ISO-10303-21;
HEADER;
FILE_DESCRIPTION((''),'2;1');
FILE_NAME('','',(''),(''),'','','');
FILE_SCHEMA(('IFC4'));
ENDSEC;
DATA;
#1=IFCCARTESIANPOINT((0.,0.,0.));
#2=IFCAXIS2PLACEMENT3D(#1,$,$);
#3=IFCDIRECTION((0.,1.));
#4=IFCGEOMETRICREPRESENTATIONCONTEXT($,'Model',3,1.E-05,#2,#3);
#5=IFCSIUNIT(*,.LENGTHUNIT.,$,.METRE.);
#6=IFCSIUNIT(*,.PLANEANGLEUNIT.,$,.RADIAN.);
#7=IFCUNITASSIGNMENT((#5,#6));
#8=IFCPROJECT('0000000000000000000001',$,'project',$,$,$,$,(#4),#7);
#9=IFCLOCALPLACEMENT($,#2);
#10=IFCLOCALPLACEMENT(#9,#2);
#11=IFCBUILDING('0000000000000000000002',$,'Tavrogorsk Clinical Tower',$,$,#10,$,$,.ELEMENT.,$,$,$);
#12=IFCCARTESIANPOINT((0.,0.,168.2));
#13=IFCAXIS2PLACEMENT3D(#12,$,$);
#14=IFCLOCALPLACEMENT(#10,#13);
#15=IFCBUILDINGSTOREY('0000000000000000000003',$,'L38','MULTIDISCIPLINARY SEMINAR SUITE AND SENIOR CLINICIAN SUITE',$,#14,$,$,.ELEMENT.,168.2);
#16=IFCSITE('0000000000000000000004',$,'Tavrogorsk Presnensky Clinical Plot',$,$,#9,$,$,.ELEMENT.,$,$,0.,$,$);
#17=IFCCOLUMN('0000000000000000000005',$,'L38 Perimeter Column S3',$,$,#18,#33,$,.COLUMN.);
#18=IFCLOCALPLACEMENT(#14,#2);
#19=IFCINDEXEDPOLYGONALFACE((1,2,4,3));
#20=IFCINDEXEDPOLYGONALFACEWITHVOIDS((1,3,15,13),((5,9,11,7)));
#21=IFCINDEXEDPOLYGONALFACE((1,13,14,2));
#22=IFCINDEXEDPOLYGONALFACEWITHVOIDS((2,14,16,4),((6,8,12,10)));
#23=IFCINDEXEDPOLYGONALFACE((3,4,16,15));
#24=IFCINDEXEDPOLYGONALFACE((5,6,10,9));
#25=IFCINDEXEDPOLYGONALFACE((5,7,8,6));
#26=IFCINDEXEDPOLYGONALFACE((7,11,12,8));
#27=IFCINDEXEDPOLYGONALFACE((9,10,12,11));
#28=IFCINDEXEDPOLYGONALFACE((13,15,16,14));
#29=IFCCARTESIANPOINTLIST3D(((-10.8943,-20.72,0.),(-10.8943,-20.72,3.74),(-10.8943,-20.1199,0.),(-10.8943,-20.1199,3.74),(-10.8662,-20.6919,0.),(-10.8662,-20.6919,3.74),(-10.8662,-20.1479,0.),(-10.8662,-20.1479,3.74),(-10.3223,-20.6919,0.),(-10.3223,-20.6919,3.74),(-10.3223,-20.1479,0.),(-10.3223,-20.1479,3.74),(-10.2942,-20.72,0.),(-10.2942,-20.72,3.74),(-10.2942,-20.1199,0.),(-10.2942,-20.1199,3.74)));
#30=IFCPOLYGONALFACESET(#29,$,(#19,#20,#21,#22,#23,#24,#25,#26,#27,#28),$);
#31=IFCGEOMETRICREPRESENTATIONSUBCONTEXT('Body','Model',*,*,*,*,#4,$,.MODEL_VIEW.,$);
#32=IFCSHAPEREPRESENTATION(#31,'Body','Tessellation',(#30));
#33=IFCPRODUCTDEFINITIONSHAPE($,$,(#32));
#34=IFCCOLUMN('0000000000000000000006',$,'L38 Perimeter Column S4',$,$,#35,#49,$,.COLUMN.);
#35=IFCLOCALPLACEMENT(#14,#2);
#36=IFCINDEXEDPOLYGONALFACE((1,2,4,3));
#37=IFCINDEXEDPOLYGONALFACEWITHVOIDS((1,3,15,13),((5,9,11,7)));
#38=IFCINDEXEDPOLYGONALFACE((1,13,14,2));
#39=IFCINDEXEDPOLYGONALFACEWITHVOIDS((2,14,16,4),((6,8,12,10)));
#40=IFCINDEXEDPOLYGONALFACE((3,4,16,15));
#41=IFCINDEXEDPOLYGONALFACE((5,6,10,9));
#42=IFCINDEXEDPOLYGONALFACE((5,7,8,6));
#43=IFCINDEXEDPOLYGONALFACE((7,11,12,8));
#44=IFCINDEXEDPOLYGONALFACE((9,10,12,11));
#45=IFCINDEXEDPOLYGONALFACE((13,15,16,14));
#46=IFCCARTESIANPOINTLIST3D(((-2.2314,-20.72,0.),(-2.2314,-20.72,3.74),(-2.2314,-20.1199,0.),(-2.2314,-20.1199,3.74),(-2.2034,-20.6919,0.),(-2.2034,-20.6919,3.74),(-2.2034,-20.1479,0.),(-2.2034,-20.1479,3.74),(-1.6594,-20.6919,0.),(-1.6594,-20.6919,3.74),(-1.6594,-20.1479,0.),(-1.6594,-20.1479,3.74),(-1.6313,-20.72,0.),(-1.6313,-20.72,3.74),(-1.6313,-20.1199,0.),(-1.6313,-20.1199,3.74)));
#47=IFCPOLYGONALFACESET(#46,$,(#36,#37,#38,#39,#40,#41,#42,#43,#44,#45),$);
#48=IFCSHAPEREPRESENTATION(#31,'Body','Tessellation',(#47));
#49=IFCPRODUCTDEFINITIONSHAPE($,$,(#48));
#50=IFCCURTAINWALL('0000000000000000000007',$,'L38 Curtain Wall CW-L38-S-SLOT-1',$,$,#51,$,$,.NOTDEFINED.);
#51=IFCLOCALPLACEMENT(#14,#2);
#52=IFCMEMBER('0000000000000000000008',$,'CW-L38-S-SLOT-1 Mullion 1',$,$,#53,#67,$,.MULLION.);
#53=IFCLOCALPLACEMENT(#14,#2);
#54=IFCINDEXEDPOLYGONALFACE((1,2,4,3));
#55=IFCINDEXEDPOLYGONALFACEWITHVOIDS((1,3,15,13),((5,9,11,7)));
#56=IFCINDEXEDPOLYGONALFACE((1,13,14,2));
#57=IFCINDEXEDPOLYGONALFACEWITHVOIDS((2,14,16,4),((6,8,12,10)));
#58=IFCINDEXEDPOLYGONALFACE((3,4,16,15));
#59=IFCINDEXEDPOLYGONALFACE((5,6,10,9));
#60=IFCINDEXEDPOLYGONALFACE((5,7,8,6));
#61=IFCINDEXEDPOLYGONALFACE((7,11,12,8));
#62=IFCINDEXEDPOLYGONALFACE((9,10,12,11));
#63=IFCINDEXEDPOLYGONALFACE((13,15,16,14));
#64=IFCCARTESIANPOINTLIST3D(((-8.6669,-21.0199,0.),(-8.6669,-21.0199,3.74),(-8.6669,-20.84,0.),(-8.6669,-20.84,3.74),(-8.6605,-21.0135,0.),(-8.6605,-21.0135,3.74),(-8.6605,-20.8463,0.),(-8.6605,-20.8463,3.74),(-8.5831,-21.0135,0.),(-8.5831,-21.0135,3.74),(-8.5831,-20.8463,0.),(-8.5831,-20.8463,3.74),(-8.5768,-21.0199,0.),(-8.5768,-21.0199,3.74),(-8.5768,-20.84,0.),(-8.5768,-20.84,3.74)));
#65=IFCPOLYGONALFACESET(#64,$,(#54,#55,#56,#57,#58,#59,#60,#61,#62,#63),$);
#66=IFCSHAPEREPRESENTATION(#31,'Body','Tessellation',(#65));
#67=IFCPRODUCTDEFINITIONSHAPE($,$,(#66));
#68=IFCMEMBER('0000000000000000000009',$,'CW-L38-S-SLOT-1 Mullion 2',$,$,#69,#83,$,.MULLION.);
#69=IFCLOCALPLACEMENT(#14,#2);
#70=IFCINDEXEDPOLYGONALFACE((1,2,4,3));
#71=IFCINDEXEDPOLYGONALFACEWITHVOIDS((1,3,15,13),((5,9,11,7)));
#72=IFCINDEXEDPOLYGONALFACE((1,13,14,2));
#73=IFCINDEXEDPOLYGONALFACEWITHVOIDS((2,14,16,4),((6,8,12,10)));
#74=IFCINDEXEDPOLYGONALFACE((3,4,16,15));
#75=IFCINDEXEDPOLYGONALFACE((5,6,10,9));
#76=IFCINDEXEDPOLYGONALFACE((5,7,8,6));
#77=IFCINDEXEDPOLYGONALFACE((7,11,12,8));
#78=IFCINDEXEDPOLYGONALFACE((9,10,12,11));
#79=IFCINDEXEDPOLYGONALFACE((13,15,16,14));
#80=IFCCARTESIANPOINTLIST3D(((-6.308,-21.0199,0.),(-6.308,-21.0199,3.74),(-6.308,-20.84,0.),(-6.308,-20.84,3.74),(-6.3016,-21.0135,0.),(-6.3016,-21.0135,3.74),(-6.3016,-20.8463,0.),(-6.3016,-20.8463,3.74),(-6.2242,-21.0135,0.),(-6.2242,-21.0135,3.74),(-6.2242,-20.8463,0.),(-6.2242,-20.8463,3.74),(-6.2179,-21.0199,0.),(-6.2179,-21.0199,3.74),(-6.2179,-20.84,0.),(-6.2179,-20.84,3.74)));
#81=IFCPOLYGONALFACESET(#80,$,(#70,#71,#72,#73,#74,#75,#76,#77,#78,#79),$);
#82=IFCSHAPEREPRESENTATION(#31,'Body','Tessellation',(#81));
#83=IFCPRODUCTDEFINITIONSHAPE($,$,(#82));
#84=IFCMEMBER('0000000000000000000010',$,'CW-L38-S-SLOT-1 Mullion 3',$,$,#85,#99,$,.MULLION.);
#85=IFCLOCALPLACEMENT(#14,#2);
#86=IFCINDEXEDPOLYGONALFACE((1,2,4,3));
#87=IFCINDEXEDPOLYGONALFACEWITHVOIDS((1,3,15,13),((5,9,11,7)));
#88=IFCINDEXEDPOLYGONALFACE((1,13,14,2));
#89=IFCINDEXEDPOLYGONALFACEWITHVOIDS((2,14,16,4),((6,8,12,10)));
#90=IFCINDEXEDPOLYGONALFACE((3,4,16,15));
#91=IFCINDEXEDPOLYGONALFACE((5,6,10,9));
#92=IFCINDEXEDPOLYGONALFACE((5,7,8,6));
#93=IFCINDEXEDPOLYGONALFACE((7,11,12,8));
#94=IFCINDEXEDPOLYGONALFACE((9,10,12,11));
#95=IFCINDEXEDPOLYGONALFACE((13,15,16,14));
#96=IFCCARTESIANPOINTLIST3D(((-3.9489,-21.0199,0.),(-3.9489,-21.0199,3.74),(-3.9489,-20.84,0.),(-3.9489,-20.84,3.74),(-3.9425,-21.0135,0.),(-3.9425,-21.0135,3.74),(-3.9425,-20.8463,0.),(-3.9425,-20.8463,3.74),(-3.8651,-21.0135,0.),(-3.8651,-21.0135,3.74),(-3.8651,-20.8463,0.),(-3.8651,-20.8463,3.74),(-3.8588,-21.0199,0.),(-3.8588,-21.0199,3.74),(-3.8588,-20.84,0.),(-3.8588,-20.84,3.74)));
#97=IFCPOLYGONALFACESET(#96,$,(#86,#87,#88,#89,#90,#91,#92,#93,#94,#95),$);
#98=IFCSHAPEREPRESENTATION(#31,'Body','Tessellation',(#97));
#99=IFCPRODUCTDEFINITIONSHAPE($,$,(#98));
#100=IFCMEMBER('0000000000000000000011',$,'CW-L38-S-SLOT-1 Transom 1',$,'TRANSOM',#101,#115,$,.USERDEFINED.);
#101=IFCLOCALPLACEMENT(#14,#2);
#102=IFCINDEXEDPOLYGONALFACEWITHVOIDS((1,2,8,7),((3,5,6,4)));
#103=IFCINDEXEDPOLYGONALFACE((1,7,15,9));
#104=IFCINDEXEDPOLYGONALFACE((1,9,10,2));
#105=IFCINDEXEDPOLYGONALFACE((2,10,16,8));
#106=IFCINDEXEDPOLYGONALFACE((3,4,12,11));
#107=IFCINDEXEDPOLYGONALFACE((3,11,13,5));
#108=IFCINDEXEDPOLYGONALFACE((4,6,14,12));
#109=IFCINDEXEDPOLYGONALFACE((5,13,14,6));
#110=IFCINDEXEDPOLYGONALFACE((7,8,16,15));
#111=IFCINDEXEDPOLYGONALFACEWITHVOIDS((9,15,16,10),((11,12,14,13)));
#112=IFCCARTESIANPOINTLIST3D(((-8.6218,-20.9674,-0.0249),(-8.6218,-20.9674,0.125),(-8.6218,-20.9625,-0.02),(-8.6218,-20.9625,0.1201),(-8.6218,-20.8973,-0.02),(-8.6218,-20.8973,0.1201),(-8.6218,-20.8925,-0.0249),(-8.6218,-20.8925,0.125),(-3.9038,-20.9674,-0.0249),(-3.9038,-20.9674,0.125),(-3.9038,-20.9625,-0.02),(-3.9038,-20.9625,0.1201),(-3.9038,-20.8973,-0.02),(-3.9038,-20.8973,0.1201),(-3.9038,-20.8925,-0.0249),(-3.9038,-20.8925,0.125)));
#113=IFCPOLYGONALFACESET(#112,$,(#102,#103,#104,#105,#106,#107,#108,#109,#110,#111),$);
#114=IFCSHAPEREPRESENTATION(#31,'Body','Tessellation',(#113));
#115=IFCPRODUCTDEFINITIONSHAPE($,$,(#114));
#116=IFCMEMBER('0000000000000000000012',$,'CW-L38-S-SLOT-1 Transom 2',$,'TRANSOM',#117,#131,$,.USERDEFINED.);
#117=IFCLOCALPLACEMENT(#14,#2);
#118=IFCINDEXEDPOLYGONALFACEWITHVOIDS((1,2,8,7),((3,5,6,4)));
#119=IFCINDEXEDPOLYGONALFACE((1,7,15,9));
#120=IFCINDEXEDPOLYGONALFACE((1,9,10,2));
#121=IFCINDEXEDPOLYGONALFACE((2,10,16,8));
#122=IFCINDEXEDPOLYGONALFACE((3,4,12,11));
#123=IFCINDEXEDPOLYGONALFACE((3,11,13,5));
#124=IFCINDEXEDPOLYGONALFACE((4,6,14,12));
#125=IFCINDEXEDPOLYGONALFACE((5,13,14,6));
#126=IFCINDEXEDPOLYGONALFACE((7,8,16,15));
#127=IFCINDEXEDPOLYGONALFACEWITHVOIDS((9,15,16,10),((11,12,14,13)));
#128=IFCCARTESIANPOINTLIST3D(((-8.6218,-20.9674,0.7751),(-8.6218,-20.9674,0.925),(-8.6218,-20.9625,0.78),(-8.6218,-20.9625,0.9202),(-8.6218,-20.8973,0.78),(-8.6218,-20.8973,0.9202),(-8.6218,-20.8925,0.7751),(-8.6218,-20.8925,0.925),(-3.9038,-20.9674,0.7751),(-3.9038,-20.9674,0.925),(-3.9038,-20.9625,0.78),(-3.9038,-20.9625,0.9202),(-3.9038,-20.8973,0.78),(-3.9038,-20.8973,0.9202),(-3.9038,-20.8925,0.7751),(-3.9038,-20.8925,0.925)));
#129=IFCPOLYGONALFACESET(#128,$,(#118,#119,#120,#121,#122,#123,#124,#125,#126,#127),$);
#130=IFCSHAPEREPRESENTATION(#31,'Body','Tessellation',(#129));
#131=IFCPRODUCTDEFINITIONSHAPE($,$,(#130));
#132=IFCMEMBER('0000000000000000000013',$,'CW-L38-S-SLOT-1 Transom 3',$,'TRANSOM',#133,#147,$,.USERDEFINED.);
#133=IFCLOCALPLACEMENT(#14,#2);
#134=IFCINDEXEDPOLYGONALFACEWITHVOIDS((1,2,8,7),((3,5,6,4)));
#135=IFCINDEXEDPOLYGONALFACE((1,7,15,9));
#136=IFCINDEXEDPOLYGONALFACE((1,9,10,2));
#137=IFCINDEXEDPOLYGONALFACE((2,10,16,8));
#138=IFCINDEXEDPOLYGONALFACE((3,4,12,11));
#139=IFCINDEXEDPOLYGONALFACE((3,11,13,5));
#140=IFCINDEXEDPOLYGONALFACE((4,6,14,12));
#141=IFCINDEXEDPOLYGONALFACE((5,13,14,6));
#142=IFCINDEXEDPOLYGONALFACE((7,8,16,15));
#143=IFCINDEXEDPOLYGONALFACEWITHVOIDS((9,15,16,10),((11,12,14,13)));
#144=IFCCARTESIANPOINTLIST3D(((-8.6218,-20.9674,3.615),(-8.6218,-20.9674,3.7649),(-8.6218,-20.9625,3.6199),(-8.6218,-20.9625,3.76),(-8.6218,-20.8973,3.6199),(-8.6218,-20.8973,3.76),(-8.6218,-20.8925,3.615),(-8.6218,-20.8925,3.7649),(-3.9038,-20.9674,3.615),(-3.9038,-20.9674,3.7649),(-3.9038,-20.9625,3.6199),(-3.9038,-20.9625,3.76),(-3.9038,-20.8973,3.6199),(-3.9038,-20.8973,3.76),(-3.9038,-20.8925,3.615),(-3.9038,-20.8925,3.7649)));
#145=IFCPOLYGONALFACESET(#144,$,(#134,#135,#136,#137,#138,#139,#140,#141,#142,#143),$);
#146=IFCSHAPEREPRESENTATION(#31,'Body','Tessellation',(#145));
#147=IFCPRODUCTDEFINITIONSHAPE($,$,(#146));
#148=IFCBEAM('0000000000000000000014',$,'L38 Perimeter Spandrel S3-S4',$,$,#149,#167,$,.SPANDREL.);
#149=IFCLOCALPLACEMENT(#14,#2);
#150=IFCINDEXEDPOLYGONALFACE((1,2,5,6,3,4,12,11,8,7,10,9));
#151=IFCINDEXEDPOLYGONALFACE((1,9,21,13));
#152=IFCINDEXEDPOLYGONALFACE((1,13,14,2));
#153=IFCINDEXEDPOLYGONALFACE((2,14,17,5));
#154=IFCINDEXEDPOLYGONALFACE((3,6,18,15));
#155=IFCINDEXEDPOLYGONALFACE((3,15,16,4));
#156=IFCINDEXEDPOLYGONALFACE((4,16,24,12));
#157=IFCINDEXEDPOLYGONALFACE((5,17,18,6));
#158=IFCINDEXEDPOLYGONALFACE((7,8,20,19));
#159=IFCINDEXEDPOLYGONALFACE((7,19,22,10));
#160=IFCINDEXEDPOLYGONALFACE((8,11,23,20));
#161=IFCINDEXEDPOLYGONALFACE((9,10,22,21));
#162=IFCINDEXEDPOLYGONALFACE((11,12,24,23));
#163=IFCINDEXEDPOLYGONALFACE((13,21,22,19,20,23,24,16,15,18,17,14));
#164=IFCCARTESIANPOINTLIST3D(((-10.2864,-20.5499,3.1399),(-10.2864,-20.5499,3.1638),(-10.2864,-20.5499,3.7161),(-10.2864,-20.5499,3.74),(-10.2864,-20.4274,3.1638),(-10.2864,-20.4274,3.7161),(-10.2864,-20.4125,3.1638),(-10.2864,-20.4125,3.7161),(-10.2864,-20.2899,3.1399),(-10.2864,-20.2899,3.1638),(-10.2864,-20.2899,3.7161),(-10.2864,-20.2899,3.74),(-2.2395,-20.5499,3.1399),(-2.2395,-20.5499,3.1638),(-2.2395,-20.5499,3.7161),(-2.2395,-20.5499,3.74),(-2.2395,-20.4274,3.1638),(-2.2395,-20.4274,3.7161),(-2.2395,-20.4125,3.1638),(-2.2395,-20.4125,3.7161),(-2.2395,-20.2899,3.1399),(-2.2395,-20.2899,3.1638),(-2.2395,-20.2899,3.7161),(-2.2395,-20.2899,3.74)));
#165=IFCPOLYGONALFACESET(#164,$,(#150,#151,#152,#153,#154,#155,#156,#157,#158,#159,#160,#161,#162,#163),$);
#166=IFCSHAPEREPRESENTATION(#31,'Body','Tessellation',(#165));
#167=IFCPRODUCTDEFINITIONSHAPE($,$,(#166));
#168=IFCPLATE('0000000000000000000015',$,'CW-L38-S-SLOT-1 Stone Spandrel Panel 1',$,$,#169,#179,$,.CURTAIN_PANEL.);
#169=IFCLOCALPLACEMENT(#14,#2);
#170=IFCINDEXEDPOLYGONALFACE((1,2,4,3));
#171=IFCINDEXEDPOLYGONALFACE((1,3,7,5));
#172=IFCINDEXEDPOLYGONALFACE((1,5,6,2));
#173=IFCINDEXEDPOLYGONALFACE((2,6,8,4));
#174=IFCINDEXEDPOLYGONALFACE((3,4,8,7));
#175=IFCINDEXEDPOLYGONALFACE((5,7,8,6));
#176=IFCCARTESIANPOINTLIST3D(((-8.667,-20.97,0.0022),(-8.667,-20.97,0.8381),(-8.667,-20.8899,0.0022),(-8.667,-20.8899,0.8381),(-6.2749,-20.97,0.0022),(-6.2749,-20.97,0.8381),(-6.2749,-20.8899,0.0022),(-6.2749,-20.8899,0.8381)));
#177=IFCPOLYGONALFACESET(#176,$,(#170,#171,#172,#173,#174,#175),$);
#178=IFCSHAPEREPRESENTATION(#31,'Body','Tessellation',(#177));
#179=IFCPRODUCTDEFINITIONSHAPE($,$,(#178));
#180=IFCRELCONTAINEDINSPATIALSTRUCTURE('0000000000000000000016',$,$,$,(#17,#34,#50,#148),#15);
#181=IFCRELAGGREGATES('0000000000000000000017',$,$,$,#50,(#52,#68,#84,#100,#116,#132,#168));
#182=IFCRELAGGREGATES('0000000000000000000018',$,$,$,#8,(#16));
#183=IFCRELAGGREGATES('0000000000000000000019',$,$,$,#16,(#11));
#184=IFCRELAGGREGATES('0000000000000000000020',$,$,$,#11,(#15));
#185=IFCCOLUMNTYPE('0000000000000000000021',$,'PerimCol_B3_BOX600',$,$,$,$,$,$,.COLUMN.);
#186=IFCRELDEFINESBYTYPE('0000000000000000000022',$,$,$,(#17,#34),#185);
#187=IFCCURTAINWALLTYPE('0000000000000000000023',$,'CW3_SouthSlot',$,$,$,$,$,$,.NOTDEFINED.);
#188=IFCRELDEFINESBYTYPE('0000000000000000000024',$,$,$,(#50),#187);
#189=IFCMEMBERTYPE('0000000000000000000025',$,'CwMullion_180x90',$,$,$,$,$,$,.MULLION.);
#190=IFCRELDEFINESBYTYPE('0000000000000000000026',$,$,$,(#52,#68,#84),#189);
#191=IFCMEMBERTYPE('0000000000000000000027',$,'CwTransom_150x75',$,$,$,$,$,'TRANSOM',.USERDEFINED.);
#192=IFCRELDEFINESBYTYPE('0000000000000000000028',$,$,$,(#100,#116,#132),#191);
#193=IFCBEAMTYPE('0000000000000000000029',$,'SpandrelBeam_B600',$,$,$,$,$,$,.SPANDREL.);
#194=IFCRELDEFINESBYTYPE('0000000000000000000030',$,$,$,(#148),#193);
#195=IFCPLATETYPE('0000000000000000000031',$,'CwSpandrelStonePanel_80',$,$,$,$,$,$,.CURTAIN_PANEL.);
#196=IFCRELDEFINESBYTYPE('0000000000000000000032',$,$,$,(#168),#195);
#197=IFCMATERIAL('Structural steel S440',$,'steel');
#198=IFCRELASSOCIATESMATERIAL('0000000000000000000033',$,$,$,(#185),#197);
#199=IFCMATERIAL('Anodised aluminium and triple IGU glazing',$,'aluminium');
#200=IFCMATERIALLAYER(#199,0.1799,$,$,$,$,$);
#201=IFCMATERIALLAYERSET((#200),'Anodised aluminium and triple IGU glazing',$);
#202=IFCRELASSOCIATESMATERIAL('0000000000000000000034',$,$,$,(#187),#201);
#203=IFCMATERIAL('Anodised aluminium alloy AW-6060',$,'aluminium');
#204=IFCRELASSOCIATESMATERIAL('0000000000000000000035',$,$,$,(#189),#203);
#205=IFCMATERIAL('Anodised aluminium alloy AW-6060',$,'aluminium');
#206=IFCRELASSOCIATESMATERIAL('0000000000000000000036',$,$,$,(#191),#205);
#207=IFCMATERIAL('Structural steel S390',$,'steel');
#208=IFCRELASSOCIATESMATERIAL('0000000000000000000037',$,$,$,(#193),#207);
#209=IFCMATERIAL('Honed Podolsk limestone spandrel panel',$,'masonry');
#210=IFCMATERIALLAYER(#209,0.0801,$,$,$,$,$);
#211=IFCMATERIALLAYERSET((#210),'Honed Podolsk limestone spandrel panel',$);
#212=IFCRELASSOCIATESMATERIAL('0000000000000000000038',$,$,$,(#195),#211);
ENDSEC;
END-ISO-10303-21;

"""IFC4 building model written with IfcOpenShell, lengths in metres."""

from ifc_helpers import new_model, si_unit, direction, frame, origin, origin_2d, place, context, subcontext, project, spatial, rectangle, hollow_rectangle, i_section, extrude, material, layer, layer_set, material_profile, profile_set, type_object, element, aggregate, save


model = new_model("IFC4")

# Units and contexts
model_context = context("Model", 3, precision=1e-05, world=origin(), true_north=direction((0.0, 1.0)))
body_context = subcontext(model_context, "Body", "Model", "MODEL_VIEW")
ifc_project = project(units=[si_unit("LENGTHUNIT", "METRE"), si_unit("PLANEANGLEUNIT", "RADIAN")], contexts=[model_context])

# Site, building, storey
site_placement = place(None, origin())
site = spatial("IfcSite", under=ifc_project, at=site_placement, Name="Tavrogorsk Presnensky Clinical Plot", CompositionType="ELEMENT", RefElevation=0.0)
building_placement = place(site_placement, origin())
building = spatial("IfcBuilding", under=site, at=building_placement, Name="Tavrogorsk Clinical Tower", CompositionType="ELEMENT")
storey_placement = place(building_placement, frame((0.0, 0.0, 168.2)))
storey = spatial("IfcBuildingStorey", under=building, at=storey_placement, Name="L38", Description="MULTIDISCIPLINARY SEMINAR SUITE AND SENIOR CLINICIAN SUITE", CompositionType="ELEMENT", Elevation=168.2)

# Columns
ifc_material_1 = material(Name="Structural steel S440", Category="steel")
ifc_material_profile_1 = material_profile(ifc_material_1, hollow_rectangle(XDim=0.6001, YDim=0.6001, WallThickness=0.0281, at=origin_2d()), Name="BOX-600x600x28")
ifc_profile_set_1 = profile_set([ifc_material_profile_1], Name="Structural steel S440")
column_type = type_object("IfcColumnType", Name="PerimCol_B3_BOX600", PredefinedType="COLUMN", material=ifc_profile_set_1)
for number, where, z_axis, x_axis, name in (
    (1, (-10.5942, -20.4199, 0.0), (0.0, 0.0, 1.0), (1.0, 0.0, 0.0), "L38 Perimeter Column S3"),
    (2, (-1.9314, -20.4199, 0.0), (0.0, 0.0, 1.0), (1.0, 0.0, 0.0), "L38 Perimeter Column S4"),
):
    element("IfcColumn", number, at=place(storey_placement, frame(where, z_axis=z_axis, x_axis=x_axis)), inside=storey, type_object=column_type, Name=name, PredefinedType="COLUMN", context=body_context, shape_type="SweptSolid", body=[
        extrude(hollow_rectangle(XDim=0.6001, YDim=0.6001, WallThickness=0.0281, at=origin_2d()), origin(), (0.0, 0.0, 1.0), 3.74),
    ])

# Curtain wall, members
ifc_material_2 = material(Name="Anodised aluminium and triple IGU glazing", Category="aluminium")
ifc_layer_1 = layer(ifc_material_2, 0.1799)
ifc_layer_set_1 = layer_set([ifc_layer_1], Name="Anodised aluminium and triple IGU glazing")
curtain_wall_type = type_object("IfcCurtainWallType", Name="CW3_SouthSlot", PredefinedType="NOTDEFINED", material=ifc_layer_set_1)
curtain_wall_placement = place(storey_placement, origin())
curtain_wall = element("IfcCurtainWall", 3, at=curtain_wall_placement, inside=storey, type_object=curtain_wall_type, Name="L38 Curtain Wall CW-L38-S-SLOT-1", PredefinedType="NOTDEFINED")
ifc_material_3 = material(Name="Anodised aluminium alloy AW-6060", Category="aluminium")
ifc_material_profile_2 = material_profile(ifc_material_3, hollow_rectangle(XDim=0.0901, YDim=0.1799, WallThickness=0.0063, at=origin_2d()), Name="RHS-180x90x6.3")
ifc_profile_set_2 = profile_set([ifc_material_profile_2], Name="Anodised aluminium alloy AW-6060")
member_type_1 = type_object("IfcMemberType", Name="CwMullion_180x90", PredefinedType="MULLION", material=ifc_profile_set_2)
member_1_placement = place(storey_placement, frame((-8.6218, -20.9299, 0.0), z_axis=(0.0, 0.0, 1.0), x_axis=(1.0, 0.0, 0.0)))
member_1 = element("IfcMember", 4, at=member_1_placement, type_object=member_type_1, Name="CW-L38-S-SLOT-1 Mullion 1", PredefinedType="MULLION", context=body_context, shape_type="SweptSolid", body=[
    extrude(hollow_rectangle(XDim=0.0901, YDim=0.1799, WallThickness=0.0063, at=origin_2d()), origin(), (0.0, 0.0, 1.0), 3.74),
])
member_2_placement = place(storey_placement, frame((-6.2629, -20.9299, 0.0), z_axis=(0.0, 0.0, 1.0), x_axis=(1.0, 0.0, 0.0)))
member_2 = element("IfcMember", 5, at=member_2_placement, type_object=member_type_1, Name="CW-L38-S-SLOT-1 Mullion 2", PredefinedType="MULLION", context=body_context, shape_type="SweptSolid", body=[
    extrude(hollow_rectangle(XDim=0.0901, YDim=0.1799, WallThickness=0.0063, at=origin_2d()), origin(), (0.0, 0.0, 1.0), 3.74),
])
member_3_placement = place(storey_placement, frame((-3.9038, -20.9299, 0.0), z_axis=(0.0, 0.0, 1.0), x_axis=(1.0, 0.0, 0.0)))
member_3 = element("IfcMember", 6, at=member_3_placement, type_object=member_type_1, Name="CW-L38-S-SLOT-1 Mullion 3", PredefinedType="MULLION", context=body_context, shape_type="SweptSolid", body=[
    extrude(hollow_rectangle(XDim=0.0901, YDim=0.1799, WallThickness=0.0063, at=origin_2d()), origin(), (0.0, 0.0, 1.0), 3.74),
])
ifc_material_4 = material(Name="Anodised aluminium alloy AW-6060", Category="aluminium")
ifc_material_profile_3 = material_profile(ifc_material_4, hollow_rectangle(XDim=0.075, YDim=0.1499, WallThickness=0.0049, at=origin_2d()), Name="RHS-150x75x5")
ifc_profile_set_3 = profile_set([ifc_material_profile_3], Name="Anodised aluminium alloy AW-6060")
member_type_2 = type_object("IfcMemberType", Name="CwTransom_150x75", ElementType="TRANSOM", PredefinedType="USERDEFINED", material=ifc_profile_set_3)
member_4_placement = place(storey_placement, frame((-8.6218, -20.9299, 0.05), z_axis=(1.0, 0.0, 0.0), x_axis=(0.0, 1.0, 0.0)))
member_4 = element("IfcMember", 7, at=member_4_placement, type_object=member_type_2, Name="CW-L38-S-SLOT-1 Transom 1", ObjectType="TRANSOM", PredefinedType="USERDEFINED", context=body_context, shape_type="SweptSolid", body=[
    extrude(hollow_rectangle(XDim=0.075, YDim=0.1499, WallThickness=0.0049, at=origin_2d()), origin(), (0.0, 0.0, 1.0), 4.718),
])
member_5_placement = place(storey_placement, frame((-8.6218, -20.9299, 0.8501), z_axis=(1.0, 0.0, 0.0), x_axis=(0.0, 1.0, 0.0)))
member_5 = element("IfcMember", 8, at=member_5_placement, type_object=member_type_2, Name="CW-L38-S-SLOT-1 Transom 2", ObjectType="TRANSOM", PredefinedType="USERDEFINED", context=body_context, shape_type="SweptSolid", body=[
    extrude(hollow_rectangle(XDim=0.075, YDim=0.1499, WallThickness=0.0049, at=origin_2d()), origin(), (0.0, 0.0, 1.0), 4.718),
])
member_6_placement = place(storey_placement, frame((-8.6218, -20.9299, 3.6899), z_axis=(1.0, 0.0, 0.0), x_axis=(0.0, 1.0, 0.0)))
member_6 = element("IfcMember", 9, at=member_6_placement, type_object=member_type_2, Name="CW-L38-S-SLOT-1 Transom 3", ObjectType="TRANSOM", PredefinedType="USERDEFINED", context=body_context, shape_type="SweptSolid", body=[
    extrude(hollow_rectangle(XDim=0.075, YDim=0.1499, WallThickness=0.0049, at=origin_2d()), origin(), (0.0, 0.0, 1.0), 4.718),
])

# Beam
ifc_material_5 = material(Name="Structural steel S390", Category="steel")
ifc_material_profile_4 = material_profile(ifc_material_5, i_section(OverallWidth=0.26, OverallDepth=0.6001, WebThickness=0.0149, FlangeThickness=0.0239, at=origin_2d()), Name="B-600x260x15x24")
ifc_profile_set_4 = profile_set([ifc_material_profile_4], Name="Structural steel S390")
beam_type = type_object("IfcBeamType", Name="SpandrelBeam_B600", PredefinedType="SPANDREL", material=ifc_profile_set_4)
beam_placement = place(storey_placement, frame((-10.2864, -20.4199, 3.4399), z_axis=(1.0, 0.0, 0.0), x_axis=(0.0, 1.0, 0.0)))
element("IfcBeam", 10, at=beam_placement, inside=storey, type_object=beam_type, Name="L38 Perimeter Spandrel S3-S4", PredefinedType="SPANDREL", context=body_context, shape_type="SweptSolid", body=[
    extrude(i_section(OverallWidth=0.26, OverallDepth=0.6001, WebThickness=0.0149, FlangeThickness=0.0239, at=origin_2d()), origin(), (0.0, 0.0, 1.0), 8.0469),
])

# Plate
ifc_material_6 = material(Name="Honed Podolsk limestone spandrel panel", Category="masonry")
ifc_layer_2 = layer(ifc_material_6, 0.0801)
ifc_layer_set_2 = layer_set([ifc_layer_2], Name="Honed Podolsk limestone spandrel panel")
plate_type_1 = type_object("IfcPlateType", Name="CwSpandrelStonePanel_80", PredefinedType="CURTAIN_PANEL", material=ifc_layer_set_2)
plate_1_placement = place(storey_placement, frame((-7.4709, -20.9299, 0.0022), z_axis=(0.0, 0.0, 1.0), x_axis=(1.0, 0.0, 0.0)))
plate_1 = element("IfcPlate", 11, at=plate_1_placement, type_object=plate_type_1, Name="CW-L38-S-SLOT-1 Stone Spandrel Panel 1", PredefinedType="CURTAIN_PANEL", context=body_context, shape_type="SweptSolid", body=[
    extrude(rectangle(XDim=2.3921, YDim=0.0801, at=origin_2d()), origin(), (0.0, 0.0, 1.0), 0.8359),
])
aggregate(curtain_wall, [member_1, member_2, member_3, member_4, member_5, member_6, plate_1])

save(model, "model.ifc")
